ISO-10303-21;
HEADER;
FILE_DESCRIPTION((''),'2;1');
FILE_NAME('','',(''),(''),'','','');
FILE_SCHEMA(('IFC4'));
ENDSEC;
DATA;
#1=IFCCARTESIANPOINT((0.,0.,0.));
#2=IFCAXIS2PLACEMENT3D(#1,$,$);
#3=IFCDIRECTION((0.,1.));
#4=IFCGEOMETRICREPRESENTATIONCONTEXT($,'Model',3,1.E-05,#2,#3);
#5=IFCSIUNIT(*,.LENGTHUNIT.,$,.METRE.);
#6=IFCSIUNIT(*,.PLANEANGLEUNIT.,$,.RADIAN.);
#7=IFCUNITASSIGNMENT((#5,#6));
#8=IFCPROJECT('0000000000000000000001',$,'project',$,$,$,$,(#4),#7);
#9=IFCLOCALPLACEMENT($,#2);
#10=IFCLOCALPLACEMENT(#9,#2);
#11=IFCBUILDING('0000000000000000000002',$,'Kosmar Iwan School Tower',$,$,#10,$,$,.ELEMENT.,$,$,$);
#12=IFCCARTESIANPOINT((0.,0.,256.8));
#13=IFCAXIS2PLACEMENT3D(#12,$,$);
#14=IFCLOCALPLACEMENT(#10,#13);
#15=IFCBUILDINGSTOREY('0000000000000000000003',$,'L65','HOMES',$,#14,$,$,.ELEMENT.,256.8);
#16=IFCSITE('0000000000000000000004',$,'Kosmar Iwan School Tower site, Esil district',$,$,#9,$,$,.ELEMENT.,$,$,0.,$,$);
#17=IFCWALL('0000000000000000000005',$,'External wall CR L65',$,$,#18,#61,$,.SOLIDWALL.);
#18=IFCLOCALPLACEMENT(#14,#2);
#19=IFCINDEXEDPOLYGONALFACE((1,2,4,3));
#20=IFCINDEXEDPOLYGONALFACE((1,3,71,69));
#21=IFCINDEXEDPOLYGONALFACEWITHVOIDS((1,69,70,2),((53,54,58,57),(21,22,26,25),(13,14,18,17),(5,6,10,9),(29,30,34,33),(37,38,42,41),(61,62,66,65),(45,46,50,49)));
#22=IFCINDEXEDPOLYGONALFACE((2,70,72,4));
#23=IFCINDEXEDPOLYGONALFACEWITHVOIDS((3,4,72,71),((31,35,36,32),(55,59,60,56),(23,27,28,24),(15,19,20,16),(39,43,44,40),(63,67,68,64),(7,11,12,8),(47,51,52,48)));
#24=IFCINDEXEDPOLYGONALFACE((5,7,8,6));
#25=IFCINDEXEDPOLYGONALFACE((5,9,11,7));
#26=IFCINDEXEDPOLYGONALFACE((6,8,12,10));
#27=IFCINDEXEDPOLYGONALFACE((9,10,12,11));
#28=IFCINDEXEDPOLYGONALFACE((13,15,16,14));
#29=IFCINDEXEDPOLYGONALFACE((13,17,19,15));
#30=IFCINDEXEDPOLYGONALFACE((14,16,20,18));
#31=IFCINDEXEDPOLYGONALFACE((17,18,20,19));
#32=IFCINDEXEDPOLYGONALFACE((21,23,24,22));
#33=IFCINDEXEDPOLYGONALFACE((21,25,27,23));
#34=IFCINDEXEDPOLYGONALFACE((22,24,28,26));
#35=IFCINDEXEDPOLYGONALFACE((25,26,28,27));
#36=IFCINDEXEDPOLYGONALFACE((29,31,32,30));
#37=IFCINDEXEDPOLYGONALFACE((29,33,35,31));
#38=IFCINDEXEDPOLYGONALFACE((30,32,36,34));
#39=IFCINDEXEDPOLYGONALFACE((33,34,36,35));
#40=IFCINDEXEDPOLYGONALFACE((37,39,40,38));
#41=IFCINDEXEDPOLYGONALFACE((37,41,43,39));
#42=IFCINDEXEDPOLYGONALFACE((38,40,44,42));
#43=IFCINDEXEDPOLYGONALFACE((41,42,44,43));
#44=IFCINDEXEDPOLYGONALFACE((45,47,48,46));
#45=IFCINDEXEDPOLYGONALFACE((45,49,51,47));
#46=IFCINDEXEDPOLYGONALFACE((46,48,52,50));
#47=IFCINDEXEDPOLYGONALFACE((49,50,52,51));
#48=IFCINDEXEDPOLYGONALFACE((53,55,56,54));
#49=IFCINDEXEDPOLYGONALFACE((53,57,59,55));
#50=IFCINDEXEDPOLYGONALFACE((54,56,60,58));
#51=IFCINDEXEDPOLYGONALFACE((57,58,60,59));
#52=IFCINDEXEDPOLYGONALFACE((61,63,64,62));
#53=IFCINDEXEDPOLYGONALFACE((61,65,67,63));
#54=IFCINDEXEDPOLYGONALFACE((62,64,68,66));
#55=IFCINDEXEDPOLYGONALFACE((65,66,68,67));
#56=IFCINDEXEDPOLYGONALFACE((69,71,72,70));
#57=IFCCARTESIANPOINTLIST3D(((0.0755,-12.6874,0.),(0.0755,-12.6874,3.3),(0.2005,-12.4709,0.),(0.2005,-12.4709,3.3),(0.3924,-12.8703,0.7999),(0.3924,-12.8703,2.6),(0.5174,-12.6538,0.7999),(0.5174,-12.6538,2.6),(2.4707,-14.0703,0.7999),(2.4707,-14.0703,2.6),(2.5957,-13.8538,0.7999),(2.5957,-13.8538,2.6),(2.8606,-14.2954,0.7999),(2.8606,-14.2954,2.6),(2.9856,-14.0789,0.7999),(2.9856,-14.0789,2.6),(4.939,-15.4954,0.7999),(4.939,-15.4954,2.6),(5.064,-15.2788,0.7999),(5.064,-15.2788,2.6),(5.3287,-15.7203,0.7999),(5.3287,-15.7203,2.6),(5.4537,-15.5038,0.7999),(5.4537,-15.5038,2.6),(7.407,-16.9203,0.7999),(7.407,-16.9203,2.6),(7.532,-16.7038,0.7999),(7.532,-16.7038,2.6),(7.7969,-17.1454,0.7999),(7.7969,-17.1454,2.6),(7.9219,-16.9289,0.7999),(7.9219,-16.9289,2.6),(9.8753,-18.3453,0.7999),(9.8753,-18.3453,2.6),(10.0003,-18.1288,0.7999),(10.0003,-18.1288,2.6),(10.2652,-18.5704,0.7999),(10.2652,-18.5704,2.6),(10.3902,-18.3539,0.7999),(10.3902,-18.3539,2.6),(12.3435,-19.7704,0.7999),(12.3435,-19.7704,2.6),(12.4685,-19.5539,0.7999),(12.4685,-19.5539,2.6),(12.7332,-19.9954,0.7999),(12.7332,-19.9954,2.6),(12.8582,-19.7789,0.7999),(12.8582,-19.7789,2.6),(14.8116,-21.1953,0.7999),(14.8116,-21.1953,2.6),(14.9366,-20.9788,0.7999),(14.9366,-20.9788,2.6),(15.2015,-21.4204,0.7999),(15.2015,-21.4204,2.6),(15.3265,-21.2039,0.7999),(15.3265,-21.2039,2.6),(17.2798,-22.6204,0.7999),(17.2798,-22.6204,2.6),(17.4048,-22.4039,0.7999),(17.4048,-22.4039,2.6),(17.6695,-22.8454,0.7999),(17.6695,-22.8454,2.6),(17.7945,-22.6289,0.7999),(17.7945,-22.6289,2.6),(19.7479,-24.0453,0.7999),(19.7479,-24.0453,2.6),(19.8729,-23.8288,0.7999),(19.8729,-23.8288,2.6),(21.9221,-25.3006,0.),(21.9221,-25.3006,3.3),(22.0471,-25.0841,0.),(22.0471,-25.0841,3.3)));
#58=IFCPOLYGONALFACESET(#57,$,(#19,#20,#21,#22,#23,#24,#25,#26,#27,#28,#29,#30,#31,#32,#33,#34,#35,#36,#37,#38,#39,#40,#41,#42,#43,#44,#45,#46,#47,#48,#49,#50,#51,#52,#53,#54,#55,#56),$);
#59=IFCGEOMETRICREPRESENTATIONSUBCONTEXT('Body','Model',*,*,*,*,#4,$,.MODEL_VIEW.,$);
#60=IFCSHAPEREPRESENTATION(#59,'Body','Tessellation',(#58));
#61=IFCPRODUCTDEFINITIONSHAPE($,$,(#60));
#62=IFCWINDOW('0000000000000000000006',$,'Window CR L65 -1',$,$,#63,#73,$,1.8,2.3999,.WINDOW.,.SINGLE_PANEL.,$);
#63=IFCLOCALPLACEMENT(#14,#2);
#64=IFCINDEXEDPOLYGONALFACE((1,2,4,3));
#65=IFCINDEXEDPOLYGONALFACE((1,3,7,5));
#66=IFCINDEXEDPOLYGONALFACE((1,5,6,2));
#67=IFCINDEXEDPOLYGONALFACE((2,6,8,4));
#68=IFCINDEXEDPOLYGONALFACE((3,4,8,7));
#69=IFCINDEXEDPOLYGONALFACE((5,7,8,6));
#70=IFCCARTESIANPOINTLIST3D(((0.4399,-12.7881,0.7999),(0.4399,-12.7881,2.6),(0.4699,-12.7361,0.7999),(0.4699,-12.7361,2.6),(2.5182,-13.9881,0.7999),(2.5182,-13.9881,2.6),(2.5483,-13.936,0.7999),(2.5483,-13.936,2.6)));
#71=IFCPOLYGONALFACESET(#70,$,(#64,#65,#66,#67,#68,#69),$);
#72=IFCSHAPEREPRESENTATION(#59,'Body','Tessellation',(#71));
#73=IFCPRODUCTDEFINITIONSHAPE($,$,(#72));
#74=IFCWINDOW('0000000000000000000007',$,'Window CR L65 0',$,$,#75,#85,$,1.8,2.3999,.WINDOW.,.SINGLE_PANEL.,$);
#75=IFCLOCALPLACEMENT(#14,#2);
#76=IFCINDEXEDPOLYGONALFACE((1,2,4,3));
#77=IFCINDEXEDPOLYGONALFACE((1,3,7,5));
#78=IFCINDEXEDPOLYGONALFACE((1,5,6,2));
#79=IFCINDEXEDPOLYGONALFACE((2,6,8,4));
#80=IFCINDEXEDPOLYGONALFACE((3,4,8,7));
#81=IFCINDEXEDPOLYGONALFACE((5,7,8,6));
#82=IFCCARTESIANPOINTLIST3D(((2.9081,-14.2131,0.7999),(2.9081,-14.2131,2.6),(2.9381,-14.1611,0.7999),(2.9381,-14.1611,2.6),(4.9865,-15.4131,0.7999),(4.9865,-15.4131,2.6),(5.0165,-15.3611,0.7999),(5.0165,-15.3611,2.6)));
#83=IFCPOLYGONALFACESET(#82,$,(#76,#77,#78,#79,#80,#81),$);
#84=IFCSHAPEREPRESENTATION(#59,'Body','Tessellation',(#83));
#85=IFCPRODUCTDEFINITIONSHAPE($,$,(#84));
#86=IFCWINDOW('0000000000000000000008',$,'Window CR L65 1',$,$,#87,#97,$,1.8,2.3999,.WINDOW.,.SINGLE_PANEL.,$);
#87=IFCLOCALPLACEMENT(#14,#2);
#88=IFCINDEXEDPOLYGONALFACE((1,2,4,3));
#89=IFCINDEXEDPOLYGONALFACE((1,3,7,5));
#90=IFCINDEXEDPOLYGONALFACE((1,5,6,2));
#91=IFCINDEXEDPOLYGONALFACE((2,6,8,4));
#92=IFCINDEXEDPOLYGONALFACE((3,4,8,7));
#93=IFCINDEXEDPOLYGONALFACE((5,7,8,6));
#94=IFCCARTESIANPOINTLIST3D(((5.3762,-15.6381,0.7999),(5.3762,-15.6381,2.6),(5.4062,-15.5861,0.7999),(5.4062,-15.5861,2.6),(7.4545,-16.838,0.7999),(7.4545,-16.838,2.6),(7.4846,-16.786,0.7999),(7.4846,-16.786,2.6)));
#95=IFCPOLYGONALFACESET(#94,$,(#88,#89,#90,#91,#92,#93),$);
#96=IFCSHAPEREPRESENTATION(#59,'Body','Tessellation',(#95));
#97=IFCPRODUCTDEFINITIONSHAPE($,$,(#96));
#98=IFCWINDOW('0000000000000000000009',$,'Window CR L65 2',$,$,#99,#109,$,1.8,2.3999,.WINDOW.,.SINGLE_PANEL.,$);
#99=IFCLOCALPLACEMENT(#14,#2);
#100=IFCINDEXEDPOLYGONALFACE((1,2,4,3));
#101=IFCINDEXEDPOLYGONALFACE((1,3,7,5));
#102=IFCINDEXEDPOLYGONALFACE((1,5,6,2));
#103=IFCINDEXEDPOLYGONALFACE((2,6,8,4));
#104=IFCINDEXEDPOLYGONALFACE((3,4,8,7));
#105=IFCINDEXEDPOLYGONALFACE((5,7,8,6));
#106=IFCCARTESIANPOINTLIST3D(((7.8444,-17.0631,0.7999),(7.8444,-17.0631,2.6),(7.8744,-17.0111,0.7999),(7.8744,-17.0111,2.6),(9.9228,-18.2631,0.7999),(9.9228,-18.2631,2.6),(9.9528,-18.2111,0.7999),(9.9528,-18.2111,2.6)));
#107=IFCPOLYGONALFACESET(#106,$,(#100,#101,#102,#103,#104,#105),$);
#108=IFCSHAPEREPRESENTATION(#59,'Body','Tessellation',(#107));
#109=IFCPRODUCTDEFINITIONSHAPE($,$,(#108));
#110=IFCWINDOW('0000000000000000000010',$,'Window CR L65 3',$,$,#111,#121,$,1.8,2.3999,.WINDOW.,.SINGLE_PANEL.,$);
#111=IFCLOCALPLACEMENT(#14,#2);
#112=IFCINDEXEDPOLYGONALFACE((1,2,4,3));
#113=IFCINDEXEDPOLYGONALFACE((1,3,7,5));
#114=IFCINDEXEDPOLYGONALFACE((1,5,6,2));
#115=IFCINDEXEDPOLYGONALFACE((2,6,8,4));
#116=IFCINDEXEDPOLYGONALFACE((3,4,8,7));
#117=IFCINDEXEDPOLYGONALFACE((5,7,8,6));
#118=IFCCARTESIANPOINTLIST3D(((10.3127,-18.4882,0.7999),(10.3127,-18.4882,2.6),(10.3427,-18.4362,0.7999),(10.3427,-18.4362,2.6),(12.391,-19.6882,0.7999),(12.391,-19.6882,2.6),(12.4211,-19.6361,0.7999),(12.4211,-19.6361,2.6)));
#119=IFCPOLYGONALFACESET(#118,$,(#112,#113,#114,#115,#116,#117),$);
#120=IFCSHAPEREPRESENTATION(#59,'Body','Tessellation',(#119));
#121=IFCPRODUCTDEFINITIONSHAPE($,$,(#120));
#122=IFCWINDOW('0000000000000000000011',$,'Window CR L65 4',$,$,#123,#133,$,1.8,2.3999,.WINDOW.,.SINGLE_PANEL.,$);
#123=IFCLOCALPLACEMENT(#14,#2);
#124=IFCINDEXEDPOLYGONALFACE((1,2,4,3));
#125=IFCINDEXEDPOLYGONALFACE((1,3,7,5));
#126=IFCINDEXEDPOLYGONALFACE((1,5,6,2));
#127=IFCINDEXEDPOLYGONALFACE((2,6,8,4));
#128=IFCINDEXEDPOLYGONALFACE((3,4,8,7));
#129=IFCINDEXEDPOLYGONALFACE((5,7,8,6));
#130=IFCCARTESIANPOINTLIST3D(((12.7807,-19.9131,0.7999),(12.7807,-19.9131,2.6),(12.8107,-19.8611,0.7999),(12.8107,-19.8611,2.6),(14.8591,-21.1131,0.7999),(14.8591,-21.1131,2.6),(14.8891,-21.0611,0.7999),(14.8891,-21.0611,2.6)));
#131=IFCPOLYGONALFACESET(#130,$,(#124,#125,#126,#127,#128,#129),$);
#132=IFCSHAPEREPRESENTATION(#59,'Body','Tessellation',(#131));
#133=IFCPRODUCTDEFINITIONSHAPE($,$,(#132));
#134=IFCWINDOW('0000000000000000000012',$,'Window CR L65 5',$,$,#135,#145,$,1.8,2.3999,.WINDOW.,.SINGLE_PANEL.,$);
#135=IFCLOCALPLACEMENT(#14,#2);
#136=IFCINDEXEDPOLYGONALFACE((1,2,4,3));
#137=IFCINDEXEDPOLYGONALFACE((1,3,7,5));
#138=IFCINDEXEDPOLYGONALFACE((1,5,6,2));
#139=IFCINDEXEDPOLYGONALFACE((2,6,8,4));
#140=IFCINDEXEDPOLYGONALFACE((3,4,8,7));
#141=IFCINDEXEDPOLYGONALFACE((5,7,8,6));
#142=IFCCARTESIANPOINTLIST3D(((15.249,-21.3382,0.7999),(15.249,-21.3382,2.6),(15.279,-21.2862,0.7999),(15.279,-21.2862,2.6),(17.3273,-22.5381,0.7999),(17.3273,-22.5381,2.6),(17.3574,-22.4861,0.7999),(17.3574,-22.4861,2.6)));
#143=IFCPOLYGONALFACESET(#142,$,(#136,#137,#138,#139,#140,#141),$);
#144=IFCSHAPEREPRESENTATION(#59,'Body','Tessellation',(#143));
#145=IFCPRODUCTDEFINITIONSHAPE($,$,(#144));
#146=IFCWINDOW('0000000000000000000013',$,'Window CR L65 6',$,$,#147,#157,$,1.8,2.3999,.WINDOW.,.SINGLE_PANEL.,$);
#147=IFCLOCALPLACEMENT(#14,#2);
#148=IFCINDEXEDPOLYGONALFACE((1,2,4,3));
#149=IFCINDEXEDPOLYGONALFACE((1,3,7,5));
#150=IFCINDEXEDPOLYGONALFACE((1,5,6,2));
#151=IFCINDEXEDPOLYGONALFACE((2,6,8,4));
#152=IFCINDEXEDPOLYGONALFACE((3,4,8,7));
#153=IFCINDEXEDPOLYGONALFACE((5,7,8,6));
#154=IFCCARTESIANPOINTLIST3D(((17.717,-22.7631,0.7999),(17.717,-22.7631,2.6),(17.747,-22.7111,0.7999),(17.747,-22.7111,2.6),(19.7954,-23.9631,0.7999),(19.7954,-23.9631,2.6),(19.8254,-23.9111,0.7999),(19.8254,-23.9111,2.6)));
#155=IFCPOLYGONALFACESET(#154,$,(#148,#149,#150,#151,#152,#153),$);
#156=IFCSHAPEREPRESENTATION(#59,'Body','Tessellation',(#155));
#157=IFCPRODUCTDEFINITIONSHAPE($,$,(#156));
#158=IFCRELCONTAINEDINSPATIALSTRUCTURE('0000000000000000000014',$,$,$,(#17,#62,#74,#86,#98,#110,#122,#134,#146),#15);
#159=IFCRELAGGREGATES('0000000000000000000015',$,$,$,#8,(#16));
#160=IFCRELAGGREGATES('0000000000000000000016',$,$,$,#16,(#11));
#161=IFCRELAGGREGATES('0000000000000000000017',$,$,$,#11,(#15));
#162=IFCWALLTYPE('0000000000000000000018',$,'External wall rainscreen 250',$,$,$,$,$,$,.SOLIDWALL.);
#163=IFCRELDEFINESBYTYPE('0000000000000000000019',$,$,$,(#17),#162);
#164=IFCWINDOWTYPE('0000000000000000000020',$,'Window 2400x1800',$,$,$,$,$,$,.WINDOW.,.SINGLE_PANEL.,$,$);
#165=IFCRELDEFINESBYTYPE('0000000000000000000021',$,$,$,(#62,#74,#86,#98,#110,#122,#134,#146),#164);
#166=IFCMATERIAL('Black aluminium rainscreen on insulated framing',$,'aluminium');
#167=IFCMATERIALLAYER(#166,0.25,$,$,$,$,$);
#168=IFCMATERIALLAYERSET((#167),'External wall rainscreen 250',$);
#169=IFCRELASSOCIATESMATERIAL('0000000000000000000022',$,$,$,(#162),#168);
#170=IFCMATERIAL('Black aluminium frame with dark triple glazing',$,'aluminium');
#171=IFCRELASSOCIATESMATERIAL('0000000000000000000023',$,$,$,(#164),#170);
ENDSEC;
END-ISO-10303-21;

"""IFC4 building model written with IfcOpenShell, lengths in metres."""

from ifc_helpers import new_model, si_unit, direction, frame, frame_2d, origin, place, context, subcontext, project, spatial, rectangle, extrude, material, layer, layer_set, type_object, element, fill, save


model = new_model("IFC4")

# Units and contexts
model_context = context("Model", 3, precision=1e-05, world=origin(), true_north=direction((0.0, 1.0)))
body_context = subcontext(model_context, "Body", "Model", "MODEL_VIEW")
ifc_project = project(units=[si_unit("LENGTHUNIT", "METRE"), si_unit("PLANEANGLEUNIT", "RADIAN")], contexts=[model_context])

# Site, building, storey
site_placement = place(None, origin())
site = spatial("IfcSite", under=ifc_project, at=site_placement, Name="Kosmar Iwan School Tower site, Esil district", CompositionType="ELEMENT", RefElevation=0.0)
building_placement = place(site_placement, origin())
building = spatial("IfcBuilding", under=site, at=building_placement, Name="Kosmar Iwan School Tower", CompositionType="ELEMENT")
storey_placement = place(building_placement, frame((0.0, 0.0, 256.8)))
storey = spatial("IfcBuildingStorey", under=building, at=storey_placement, Name="L65", Description="HOMES", CompositionType="ELEMENT", Elevation=256.8)

# Wall, openings, windows
ifc_material_1 = material(Name="Black aluminium rainscreen on insulated framing", Category="aluminium")
ifc_layer_1 = layer(ifc_material_1, 0.25)
ifc_layer_set_1 = layer_set([ifc_layer_1], Name="External wall rainscreen 250")
wall_type_1 = type_object("IfcWallType", Name="External wall rainscreen 250", PredefinedType="SOLIDWALL", material=ifc_layer_set_1)
ifc_material_2 = material(Name="Black aluminium frame with dark triple glazing", Category="aluminium")
window_type = type_object("IfcWindowType", Name="Window 2400x1800", PartitioningType="SINGLE_PANEL", PredefinedType="WINDOW", material=ifc_material_2)
wall_1_placement = place(storey_placement, frame((0.1379, -12.5791, 0.0), z_axis=(0.0, 0.0, 1.0), x_axis=(0.866024, -0.500003, 0.0)))
wall_1 = element("IfcWall", 1, at=wall_1_placement, inside=storey, type_object=wall_type_1, Name="External wall CR L65", PredefinedType="SOLIDWALL", context=body_context, shape_type="SweptSolid", body=[
    extrude(rectangle(XDim=25.2263, YDim=0.25, at=frame_2d((12.6133, 0.0))), origin(), (0.0, 0.0, 1.0), 3.3),
])
opening_1_placement = place(wall_1_placement, frame((0.366, 0.0, 0.8)))
opening_1 = element("IfcOpeningElement", 2, at=opening_1_placement, cuts=wall_1, PredefinedType="OPENING", context=body_context, shape_type="SweptSolid", body=[
    extrude(rectangle(XDim=2.3999, YDim=1.8, at=frame_2d((1.2, 0.8999))), frame((0.0, 0.137, 0.0), z_axis=(0.0, -1.0, 0.0), x_axis=(1.0, 0.0, 0.0)), (0.0, 0.0, 1.0), 0.2739),
])
opening_2_placement = place(wall_1_placement, frame((3.2161, 0.0, 0.8)))
opening_2 = element("IfcOpeningElement", 3, at=opening_2_placement, cuts=wall_1, PredefinedType="OPENING", context=body_context, shape_type="SweptSolid", body=[
    extrude(rectangle(XDim=2.3999, YDim=1.8, at=frame_2d((1.2, 0.8999))), frame((0.0, 0.137, 0.0), z_axis=(0.0, -1.0, 0.0), x_axis=(1.0, 0.0, 0.0)), (0.0, 0.0, 1.0), 0.2739),
])
opening_3_placement = place(wall_1_placement, frame((6.0659, 0.0, 0.8)))
opening_3 = element("IfcOpeningElement", 4, at=opening_3_placement, cuts=wall_1, PredefinedType="OPENING", context=body_context, shape_type="SweptSolid", body=[
    extrude(rectangle(XDim=2.3999, YDim=1.8, at=frame_2d((1.2, 0.8999))), frame((0.0, 0.137, 0.0), z_axis=(0.0, -1.0, 0.0), x_axis=(1.0, 0.0, 0.0)), (0.0, 0.0, 1.0), 0.2739),
])
opening_4_placement = place(wall_1_placement, frame((8.916, 0.0, 0.8)))
opening_4 = element("IfcOpeningElement", 5, at=opening_4_placement, cuts=wall_1, PredefinedType="OPENING", context=body_context, shape_type="SweptSolid", body=[
    extrude(rectangle(XDim=2.3999, YDim=1.8, at=frame_2d((1.2, 0.8999))), frame((0.0, 0.137, 0.0), z_axis=(0.0, -1.0, 0.0), x_axis=(1.0, 0.0, 0.0)), (0.0, 0.0, 1.0), 0.2739),
])
opening_5_placement = place(wall_1_placement, frame((11.7661, 0.0, 0.8)))
opening_5 = element("IfcOpeningElement", 6, at=opening_5_placement, cuts=wall_1, PredefinedType="OPENING", context=body_context, shape_type="SweptSolid", body=[
    extrude(rectangle(XDim=2.3999, YDim=1.8, at=frame_2d((1.2, 0.8999))), frame((0.0, 0.137, 0.0), z_axis=(0.0, -1.0, 0.0), x_axis=(1.0, 0.0, 0.0)), (0.0, 0.0, 1.0), 0.2739),
])
opening_6_placement = place(wall_1_placement, frame((14.616, 0.0, 0.8)))
opening_6 = element("IfcOpeningElement", 7, at=opening_6_placement, cuts=wall_1, PredefinedType="OPENING", context=body_context, shape_type="SweptSolid", body=[
    extrude(rectangle(XDim=2.3999, YDim=1.8, at=frame_2d((1.2, 0.8999))), frame((0.0, 0.137, 0.0), z_axis=(0.0, -1.0, 0.0), x_axis=(1.0, 0.0, 0.0)), (0.0, 0.0, 1.0), 0.2739),
])
opening_7_placement = place(wall_1_placement, frame((17.4661, 0.0, 0.8)))
opening_7 = element("IfcOpeningElement", 8, at=opening_7_placement, cuts=wall_1, PredefinedType="OPENING", context=body_context, shape_type="SweptSolid", body=[
    extrude(rectangle(XDim=2.3999, YDim=1.8, at=frame_2d((1.2, 0.8999))), frame((0.0, 0.137, 0.0), z_axis=(0.0, -1.0, 0.0), x_axis=(1.0, 0.0, 0.0)), (0.0, 0.0, 1.0), 0.2739),
])
opening_8_placement = place(wall_1_placement, frame((20.3159, 0.0, 0.8)))
opening_8 = element("IfcOpeningElement", 9, at=opening_8_placement, cuts=wall_1, PredefinedType="OPENING", context=body_context, shape_type="SweptSolid", body=[
    extrude(rectangle(XDim=2.3999, YDim=1.8, at=frame_2d((1.2, 0.8999))), frame((0.0, 0.137, 0.0), z_axis=(0.0, -1.0, 0.0), x_axis=(1.0, 0.0, 0.0)), (0.0, 0.0, 1.0), 0.2739),
])
window_1_placement = place(opening_1_placement, origin())
window_1 = element("IfcWindow", 10, at=window_1_placement, inside=storey, type_object=window_type, Name="Window CR L65 -1", OverallHeight=1.8, OverallWidth=2.3999, PartitioningType="SINGLE_PANEL", PredefinedType="WINDOW", context=body_context, shape_type="SweptSolid", body=[
    extrude(rectangle(XDim=2.3999, YDim=1.8, at=frame_2d((1.2, 0.8999))), frame((0.0, 0.03, 0.0), z_axis=(0.0, -1.0, 0.0), x_axis=(1.0, 0.0, 0.0)), (0.0, 0.0, 1.0), 0.0601),
])
fill(opening_1, window_1)
window_2_placement = place(opening_2_placement, origin())
window_2 = element("IfcWindow", 11, at=window_2_placement, inside=storey, type_object=window_type, Name="Window CR L65 0", OverallHeight=1.8, OverallWidth=2.3999, PartitioningType="SINGLE_PANEL", PredefinedType="WINDOW", context=body_context, shape_type="SweptSolid", body=[
    extrude(rectangle(XDim=2.3999, YDim=1.8, at=frame_2d((1.2, 0.8999))), frame((0.0, 0.03, 0.0), z_axis=(0.0, -1.0, 0.0), x_axis=(1.0, 0.0, 0.0)), (0.0, 0.0, 1.0), 0.0601),
])
fill(opening_2, window_2)
window_3_placement = place(opening_3_placement, origin())
window_3 = element("IfcWindow", 12, at=window_3_placement, inside=storey, type_object=window_type, Name="Window CR L65 1", OverallHeight=1.8, OverallWidth=2.3999, PartitioningType="SINGLE_PANEL", PredefinedType="WINDOW", context=body_context, shape_type="SweptSolid", body=[
    extrude(rectangle(XDim=2.3999, YDim=1.8, at=frame_2d((1.2, 0.8999))), frame((0.0, 0.03, 0.0), z_axis=(0.0, -1.0, 0.0), x_axis=(1.0, 0.0, 0.0)), (0.0, 0.0, 1.0), 0.0601),
])
fill(opening_3, window_3)
window_4_placement = place(opening_4_placement, origin())
window_4 = element("IfcWindow", 13, at=window_4_placement, inside=storey, type_object=window_type, Name="Window CR L65 2", OverallHeight=1.8, OverallWidth=2.3999, PartitioningType="SINGLE_PANEL", PredefinedType="WINDOW", context=body_context, shape_type="SweptSolid", body=[
    extrude(rectangle(XDim=2.3999, YDim=1.8, at=frame_2d((1.2, 0.8999))), frame((0.0, 0.03, 0.0), z_axis=(0.0, -1.0, 0.0), x_axis=(1.0, 0.0, 0.0)), (0.0, 0.0, 1.0), 0.0601),
])
fill(opening_4, window_4)
window_5_placement = place(opening_5_placement, origin())
window_5 = element("IfcWindow", 14, at=window_5_placement, inside=storey, type_object=window_type, Name="Window CR L65 3", OverallHeight=1.8, OverallWidth=2.3999, PartitioningType="SINGLE_PANEL", PredefinedType="WINDOW", context=body_context, shape_type="SweptSolid", body=[
    extrude(rectangle(XDim=2.3999, YDim=1.8, at=frame_2d((1.2, 0.8999))), frame((0.0, 0.03, 0.0), z_axis=(0.0, -1.0, 0.0), x_axis=(1.0, 0.0, 0.0)), (0.0, 0.0, 1.0), 0.0601),
])
fill(opening_5, window_5)
window_6_placement = place(opening_6_placement, origin())
window_6 = element("IfcWindow", 15, at=window_6_placement, inside=storey, type_object=window_type, Name="Window CR L65 4", OverallHeight=1.8, OverallWidth=2.3999, PartitioningType="SINGLE_PANEL", PredefinedType="WINDOW", context=body_context, shape_type="SweptSolid", body=[
    extrude(rectangle(XDim=2.3999, YDim=1.8, at=frame_2d((1.2, 0.8999))), frame((0.0, 0.03, 0.0), z_axis=(0.0, -1.0, 0.0), x_axis=(1.0, 0.0, 0.0)), (0.0, 0.0, 1.0), 0.0601),
])
fill(opening_6, window_6)
window_7_placement = place(opening_7_placement, origin())
window_7 = element("IfcWindow", 16, at=window_7_placement, inside=storey, type_object=window_type, Name="Window CR L65 5", OverallHeight=1.8, OverallWidth=2.3999, PartitioningType="SINGLE_PANEL", PredefinedType="WINDOW", context=body_context, shape_type="SweptSolid", body=[
    extrude(rectangle(XDim=2.3999, YDim=1.8, at=frame_2d((1.2, 0.8999))), frame((0.0, 0.03, 0.0), z_axis=(0.0, -1.0, 0.0), x_axis=(1.0, 0.0, 0.0)), (0.0, 0.0, 1.0), 0.0601),
])
fill(opening_7, window_7)
window_8_placement = place(opening_8_placement, origin())
window_8 = element("IfcWindow", 17, at=window_8_placement, inside=storey, type_object=window_type, Name="Window CR L65 6", OverallHeight=1.8, OverallWidth=2.3999, PartitioningType="SINGLE_PANEL", PredefinedType="WINDOW", context=body_context, shape_type="SweptSolid", body=[
    extrude(rectangle(XDim=2.3999, YDim=1.8, at=frame_2d((1.2, 0.8999))), frame((0.0, 0.03, 0.0), z_axis=(0.0, -1.0, 0.0), x_axis=(1.0, 0.0, 0.0)), (0.0, 0.0, 1.0), 0.0601),
])
fill(opening_8, window_8)

save(model, "model.ifc")
